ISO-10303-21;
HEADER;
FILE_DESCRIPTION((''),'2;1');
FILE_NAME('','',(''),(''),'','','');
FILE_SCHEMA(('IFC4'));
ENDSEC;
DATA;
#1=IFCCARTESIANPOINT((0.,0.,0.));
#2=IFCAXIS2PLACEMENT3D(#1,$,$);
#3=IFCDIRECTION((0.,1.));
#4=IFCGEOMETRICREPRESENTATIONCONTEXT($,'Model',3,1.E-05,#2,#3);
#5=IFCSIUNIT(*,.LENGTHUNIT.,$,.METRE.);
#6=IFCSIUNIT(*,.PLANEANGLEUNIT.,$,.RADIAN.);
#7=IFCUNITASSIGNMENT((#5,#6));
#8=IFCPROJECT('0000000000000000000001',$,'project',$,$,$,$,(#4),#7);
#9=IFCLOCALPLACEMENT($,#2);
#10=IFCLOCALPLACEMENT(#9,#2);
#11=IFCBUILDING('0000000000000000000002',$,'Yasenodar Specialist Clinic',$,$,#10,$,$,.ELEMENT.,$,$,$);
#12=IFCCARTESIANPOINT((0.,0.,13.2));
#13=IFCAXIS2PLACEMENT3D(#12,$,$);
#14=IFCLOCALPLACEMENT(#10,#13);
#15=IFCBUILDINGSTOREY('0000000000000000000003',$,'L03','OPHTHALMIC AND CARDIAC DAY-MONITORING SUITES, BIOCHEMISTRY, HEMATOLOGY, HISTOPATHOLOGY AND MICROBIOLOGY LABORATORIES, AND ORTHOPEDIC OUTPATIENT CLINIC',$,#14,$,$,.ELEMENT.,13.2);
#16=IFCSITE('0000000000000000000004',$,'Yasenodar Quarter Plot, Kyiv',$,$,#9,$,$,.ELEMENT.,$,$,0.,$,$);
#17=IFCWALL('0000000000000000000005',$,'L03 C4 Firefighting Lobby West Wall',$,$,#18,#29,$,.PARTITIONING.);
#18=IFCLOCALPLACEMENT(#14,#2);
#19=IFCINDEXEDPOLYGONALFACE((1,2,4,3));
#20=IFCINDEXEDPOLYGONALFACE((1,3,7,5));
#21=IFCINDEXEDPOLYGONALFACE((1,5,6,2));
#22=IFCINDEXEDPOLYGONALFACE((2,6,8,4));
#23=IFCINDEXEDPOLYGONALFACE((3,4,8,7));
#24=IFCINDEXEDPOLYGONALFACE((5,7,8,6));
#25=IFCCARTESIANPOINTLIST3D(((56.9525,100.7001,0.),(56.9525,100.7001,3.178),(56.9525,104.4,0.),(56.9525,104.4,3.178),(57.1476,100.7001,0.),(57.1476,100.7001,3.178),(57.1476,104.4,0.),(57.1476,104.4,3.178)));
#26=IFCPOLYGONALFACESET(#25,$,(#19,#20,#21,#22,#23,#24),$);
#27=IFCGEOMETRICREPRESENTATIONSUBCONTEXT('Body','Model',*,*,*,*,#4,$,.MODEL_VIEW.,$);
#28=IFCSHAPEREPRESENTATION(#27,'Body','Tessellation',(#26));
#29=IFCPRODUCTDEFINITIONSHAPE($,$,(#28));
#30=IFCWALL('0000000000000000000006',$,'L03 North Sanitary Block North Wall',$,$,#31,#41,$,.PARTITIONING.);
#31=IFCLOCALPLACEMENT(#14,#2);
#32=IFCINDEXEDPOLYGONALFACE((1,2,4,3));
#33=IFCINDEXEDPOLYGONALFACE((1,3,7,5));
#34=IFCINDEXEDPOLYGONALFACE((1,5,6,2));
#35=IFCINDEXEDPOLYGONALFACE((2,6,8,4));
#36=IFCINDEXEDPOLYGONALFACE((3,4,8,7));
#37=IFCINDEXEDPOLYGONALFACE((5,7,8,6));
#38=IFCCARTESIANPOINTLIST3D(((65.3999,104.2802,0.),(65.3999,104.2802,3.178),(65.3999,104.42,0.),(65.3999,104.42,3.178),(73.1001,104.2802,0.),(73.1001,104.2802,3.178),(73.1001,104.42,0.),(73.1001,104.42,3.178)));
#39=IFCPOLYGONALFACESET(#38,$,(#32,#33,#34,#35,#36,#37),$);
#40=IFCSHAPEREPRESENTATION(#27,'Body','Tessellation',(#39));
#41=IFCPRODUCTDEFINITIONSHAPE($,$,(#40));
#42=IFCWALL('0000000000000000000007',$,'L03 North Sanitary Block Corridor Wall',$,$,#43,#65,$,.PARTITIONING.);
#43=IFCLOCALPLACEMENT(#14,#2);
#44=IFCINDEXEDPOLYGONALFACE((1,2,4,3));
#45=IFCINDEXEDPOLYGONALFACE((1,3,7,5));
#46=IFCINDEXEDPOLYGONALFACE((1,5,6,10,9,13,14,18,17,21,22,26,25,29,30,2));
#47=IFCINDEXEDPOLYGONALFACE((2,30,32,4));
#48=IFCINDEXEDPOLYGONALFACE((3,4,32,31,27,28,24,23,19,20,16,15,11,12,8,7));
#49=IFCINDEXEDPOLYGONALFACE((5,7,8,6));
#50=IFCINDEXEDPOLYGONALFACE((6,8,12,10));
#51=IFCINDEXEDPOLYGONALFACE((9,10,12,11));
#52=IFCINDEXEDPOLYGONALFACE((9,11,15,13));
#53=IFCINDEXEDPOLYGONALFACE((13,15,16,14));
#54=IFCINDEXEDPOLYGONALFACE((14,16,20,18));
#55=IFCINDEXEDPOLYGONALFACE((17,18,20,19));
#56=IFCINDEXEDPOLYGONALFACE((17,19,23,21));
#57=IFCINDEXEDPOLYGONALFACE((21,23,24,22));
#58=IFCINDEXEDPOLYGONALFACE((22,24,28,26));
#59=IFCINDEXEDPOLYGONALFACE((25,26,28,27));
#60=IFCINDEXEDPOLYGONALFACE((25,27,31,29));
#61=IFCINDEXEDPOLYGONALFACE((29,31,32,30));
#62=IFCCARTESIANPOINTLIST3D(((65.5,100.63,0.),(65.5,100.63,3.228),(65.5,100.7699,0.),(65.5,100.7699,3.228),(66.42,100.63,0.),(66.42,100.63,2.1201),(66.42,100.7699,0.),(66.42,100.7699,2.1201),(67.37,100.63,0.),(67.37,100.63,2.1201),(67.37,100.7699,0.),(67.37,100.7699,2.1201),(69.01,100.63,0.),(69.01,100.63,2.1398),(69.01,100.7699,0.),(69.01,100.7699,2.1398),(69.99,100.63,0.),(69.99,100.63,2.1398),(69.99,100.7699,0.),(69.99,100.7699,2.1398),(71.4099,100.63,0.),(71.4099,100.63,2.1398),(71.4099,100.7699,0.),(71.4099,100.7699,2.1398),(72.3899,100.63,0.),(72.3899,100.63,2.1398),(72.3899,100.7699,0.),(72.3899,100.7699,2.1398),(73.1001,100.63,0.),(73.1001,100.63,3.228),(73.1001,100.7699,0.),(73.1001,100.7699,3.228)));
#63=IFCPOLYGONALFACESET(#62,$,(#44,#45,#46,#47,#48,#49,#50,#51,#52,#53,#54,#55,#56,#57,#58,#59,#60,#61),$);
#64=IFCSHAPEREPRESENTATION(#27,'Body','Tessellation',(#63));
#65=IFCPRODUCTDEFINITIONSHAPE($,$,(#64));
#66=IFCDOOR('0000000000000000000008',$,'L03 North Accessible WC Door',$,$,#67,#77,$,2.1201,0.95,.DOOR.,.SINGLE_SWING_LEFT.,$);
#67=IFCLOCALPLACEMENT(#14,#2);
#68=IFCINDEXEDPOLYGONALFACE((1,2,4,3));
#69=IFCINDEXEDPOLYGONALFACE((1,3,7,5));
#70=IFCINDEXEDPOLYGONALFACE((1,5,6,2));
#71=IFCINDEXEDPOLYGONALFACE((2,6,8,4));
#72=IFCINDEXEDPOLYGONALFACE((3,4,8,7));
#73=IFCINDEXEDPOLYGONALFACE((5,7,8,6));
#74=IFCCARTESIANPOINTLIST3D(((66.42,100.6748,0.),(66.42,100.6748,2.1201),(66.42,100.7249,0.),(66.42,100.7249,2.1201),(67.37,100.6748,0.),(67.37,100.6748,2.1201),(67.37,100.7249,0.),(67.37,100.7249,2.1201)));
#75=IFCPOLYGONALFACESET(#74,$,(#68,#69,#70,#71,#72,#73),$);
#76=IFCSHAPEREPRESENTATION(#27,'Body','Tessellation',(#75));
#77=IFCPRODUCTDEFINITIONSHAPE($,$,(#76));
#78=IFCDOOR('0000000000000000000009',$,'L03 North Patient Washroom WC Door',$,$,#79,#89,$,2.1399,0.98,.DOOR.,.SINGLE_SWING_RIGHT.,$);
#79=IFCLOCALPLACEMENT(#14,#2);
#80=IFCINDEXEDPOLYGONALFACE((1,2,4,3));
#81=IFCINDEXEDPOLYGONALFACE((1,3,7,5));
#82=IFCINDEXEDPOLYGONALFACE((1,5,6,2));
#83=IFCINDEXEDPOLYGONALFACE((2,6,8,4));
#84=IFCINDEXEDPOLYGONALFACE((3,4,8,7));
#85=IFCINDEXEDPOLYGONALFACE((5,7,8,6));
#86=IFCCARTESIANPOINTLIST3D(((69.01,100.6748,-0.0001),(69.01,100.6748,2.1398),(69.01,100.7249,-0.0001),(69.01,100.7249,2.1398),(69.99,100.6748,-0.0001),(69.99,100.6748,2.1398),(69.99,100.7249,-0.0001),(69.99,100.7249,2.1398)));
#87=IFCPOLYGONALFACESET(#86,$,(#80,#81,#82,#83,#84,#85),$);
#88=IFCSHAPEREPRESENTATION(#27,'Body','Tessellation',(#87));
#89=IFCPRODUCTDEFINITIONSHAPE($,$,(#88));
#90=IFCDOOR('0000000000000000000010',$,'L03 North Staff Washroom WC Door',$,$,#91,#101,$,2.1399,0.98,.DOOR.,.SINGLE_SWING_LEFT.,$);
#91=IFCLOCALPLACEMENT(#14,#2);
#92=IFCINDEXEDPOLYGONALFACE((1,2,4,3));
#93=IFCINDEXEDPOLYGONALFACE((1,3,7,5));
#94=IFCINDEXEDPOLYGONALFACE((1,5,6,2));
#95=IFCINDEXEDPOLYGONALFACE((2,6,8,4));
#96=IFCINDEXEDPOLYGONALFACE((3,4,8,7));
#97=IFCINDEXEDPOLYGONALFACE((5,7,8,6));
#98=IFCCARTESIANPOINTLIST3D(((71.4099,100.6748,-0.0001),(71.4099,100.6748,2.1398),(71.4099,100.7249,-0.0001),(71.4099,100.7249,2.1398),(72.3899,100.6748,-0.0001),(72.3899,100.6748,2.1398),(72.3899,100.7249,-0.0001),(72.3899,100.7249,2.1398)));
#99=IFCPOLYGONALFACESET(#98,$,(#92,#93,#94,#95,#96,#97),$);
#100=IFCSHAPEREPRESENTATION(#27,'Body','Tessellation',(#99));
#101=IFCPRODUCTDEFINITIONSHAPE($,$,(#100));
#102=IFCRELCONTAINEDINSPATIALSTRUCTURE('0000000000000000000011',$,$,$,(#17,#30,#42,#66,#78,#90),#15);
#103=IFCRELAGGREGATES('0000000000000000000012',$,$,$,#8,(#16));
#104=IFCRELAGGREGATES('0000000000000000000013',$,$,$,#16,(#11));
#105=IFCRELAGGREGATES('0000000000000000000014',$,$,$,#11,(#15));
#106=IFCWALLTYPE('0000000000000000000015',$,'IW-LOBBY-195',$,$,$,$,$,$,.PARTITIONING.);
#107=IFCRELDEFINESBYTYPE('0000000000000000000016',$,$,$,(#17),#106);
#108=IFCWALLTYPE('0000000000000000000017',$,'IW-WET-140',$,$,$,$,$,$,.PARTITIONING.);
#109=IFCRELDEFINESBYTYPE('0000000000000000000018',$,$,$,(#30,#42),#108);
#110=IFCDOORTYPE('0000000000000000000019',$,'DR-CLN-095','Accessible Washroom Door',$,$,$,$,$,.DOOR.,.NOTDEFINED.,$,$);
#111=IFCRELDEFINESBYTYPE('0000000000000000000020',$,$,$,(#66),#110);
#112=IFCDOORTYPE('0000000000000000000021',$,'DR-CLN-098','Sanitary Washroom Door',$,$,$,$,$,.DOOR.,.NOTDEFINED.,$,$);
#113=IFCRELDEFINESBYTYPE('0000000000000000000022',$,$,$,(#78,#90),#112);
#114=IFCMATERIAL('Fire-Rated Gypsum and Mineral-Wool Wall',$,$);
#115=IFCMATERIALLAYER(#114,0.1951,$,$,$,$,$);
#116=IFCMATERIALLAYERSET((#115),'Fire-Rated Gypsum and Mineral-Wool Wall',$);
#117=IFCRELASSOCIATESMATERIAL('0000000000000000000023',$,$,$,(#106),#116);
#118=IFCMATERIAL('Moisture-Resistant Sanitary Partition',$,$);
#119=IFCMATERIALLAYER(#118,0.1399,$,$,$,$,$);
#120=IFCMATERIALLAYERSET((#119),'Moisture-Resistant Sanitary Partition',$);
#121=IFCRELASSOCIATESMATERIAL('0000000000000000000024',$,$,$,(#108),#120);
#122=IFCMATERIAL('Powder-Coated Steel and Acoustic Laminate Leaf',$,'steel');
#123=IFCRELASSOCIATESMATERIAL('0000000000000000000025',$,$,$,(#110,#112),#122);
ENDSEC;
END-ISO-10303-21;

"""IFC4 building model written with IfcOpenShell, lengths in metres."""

from ifc_helpers import new_model, si_unit, direction, frame, frame_2d, origin, place, context, subcontext, project, spatial, rectangle, extrude, material, layer, layer_set, type_object, element, fill, save


model = new_model("IFC4")

# Units and contexts
model_context = context("Model", 3, precision=1e-05, world=origin(), true_north=direction((0.0, 1.0)))
body_context = subcontext(model_context, "Body", "Model", "MODEL_VIEW")
ifc_project = project(units=[si_unit("LENGTHUNIT", "METRE"), si_unit("PLANEANGLEUNIT", "RADIAN")], contexts=[model_context])

# Site, building, storey
site_placement = place(None, origin())
site = spatial("IfcSite", under=ifc_project, at=site_placement, Name="Yasenodar Quarter Plot, Kyiv", CompositionType="ELEMENT", RefElevation=0.0)
building_placement = place(site_placement, origin())
building = spatial("IfcBuilding", under=site, at=building_placement, Name="Yasenodar Specialist Clinic", CompositionType="ELEMENT")
storey_placement = place(building_placement, frame((0.0, 0.0, 13.2)))
storey = spatial("IfcBuildingStorey", under=building, at=storey_placement, Name="L03", Description="OPHTHALMIC AND CARDIAC DAY-MONITORING SUITES, BIOCHEMISTRY, HEMATOLOGY, HISTOPATHOLOGY AND MICROBIOLOGY LABORATORIES, AND ORTHOPEDIC OUTPATIENT CLINIC", CompositionType="ELEMENT", Elevation=13.2)

# Shared definitions
ifc_material_1 = material(Name="Powder-Coated Steel and Acoustic Laminate Leaf", Category="steel")
ifc_material_2 = material(Name="Fire-Rated Gypsum and Mineral-Wool Wall")
ifc_layer_1 = layer(ifc_material_2, 0.1951)
ifc_layer_set_1 = layer_set([ifc_layer_1], Name="Fire-Rated Gypsum and Mineral-Wool Wall")
wall_type_1 = type_object("IfcWallType", Name="IW-LOBBY-195", PredefinedType="PARTITIONING", material=ifc_layer_set_1)

# Walls
wall_1_placement = place(storey_placement, frame((57.05, 100.7, 0.0), z_axis=(0.0, 0.0, 1.0), x_axis=(0.0, 1.0, 0.0)))
element("IfcWall", 1, at=wall_1_placement, inside=storey, type_object=wall_type_1, Name="L03 C4 Firefighting Lobby West Wall", PredefinedType="PARTITIONING", context=body_context, shape_type="SweptSolid", body=[
    extrude(rectangle(XDim=3.7, YDim=0.1951, at=frame_2d((1.8501, 0.0))), origin(), (0.0, 0.0, 1.0), 3.178),
])
ifc_material_3 = material(Name="Moisture-Resistant Sanitary Partition")
ifc_layer_2 = layer(ifc_material_3, 0.1399)
ifc_layer_set_2 = layer_set([ifc_layer_2], Name="Moisture-Resistant Sanitary Partition")
wall_type_2 = type_object("IfcWallType", Name="IW-WET-140", PredefinedType="PARTITIONING", material=ifc_layer_set_2)
wall_2_placement = place(storey_placement, frame((65.3999, 104.3501, 0.0), z_axis=(0.0, 0.0, 1.0), x_axis=(1.0, 0.0, 0.0)))
element("IfcWall", 2, at=wall_2_placement, inside=storey, type_object=wall_type_2, Name="L03 North Sanitary Block North Wall", PredefinedType="PARTITIONING", context=body_context, shape_type="SweptSolid", body=[
    extrude(rectangle(XDim=7.7002, YDim=0.1399, at=frame_2d((3.8501, 0.0))), origin(), (0.0, 0.0, 1.0), 3.178),
])

# Wall, openings, doors
wall_3_placement = place(storey_placement, frame((65.5, 100.7, 0.0), z_axis=(0.0, 0.0, 1.0), x_axis=(1.0, 0.0, 0.0)))
wall_3 = element("IfcWall", 3, at=wall_3_placement, inside=storey, type_object=wall_type_2, Name="L03 North Sanitary Block Corridor Wall", PredefinedType="PARTITIONING", context=body_context, shape_type="SweptSolid", body=[
    extrude(rectangle(XDim=7.6001, YDim=0.1399, at=frame_2d((3.8, 0.0))), origin(), (0.0, 0.0, 1.0), 3.228),
])
opening_1_placement = place(wall_3_placement, frame((0.9199, 0.0, 0.0)))
opening_1 = element("IfcOpeningElement", 4, at=opening_1_placement, cuts=wall_3, PredefinedType="OPENING", context=body_context, shape_type="SweptSolid", body=[
    extrude(rectangle(XDim=0.95, YDim=2.1201, at=frame_2d((0.4751, 1.0601))), frame((0.0, 0.0801, 0.0), z_axis=(0.0, -1.0, 0.0), x_axis=(1.0, 0.0, 0.0)), (0.0, 0.0, 1.0), 0.1599),
])
opening_2_placement = place(wall_3_placement, frame((3.51, 0.0, 0.0)))
opening_2 = element("IfcOpeningElement", 5, at=opening_2_placement, cuts=wall_3, PredefinedType="OPENING", context=body_context, shape_type="SweptSolid", body=[
    extrude(rectangle(XDim=0.98, YDim=2.1399, at=frame_2d((0.49, 1.0698))), frame((0.0, 0.0801, 0.0), z_axis=(0.0, -1.0, 0.0), x_axis=(1.0, 0.0, 0.0)), (0.0, 0.0, 1.0), 0.1599),
])
opening_3_placement = place(wall_3_placement, frame((5.9099, 0.0, 0.0)))
opening_3 = element("IfcOpeningElement", 6, at=opening_3_placement, cuts=wall_3, PredefinedType="OPENING", context=body_context, shape_type="SweptSolid", body=[
    extrude(rectangle(XDim=0.98, YDim=2.1399, at=frame_2d((0.49, 1.0698))), frame((0.0, 0.0801, 0.0), z_axis=(0.0, -1.0, 0.0), x_axis=(1.0, 0.0, 0.0)), (0.0, 0.0, 1.0), 0.1599),
])
door_type_1 = type_object("IfcDoorType", Name="DR-CLN-095", Description="Accessible Washroom Door", OperationType="NOTDEFINED", PredefinedType="DOOR", material=ifc_material_1)
door_1_placement = place(opening_1_placement, origin())
door_1 = element("IfcDoor", 7, at=door_1_placement, inside=storey, type_object=door_type_1, Name="L03 North Accessible WC Door", OperationType="SINGLE_SWING_LEFT", OverallHeight=2.1201, OverallWidth=0.95, PredefinedType="DOOR", context=body_context, shape_type="SweptSolid", body=[
    extrude(rectangle(XDim=0.95, YDim=2.1201, at=frame_2d((0.4751, 1.0601))), frame((0.0, 0.0249, 0.0), z_axis=(0.0, -1.0, 0.0), x_axis=(1.0, 0.0, 0.0)), (0.0, 0.0, 1.0), 0.05),
])
fill(opening_1, door_1)
door_type_2 = type_object("IfcDoorType", Name="DR-CLN-098", Description="Sanitary Washroom Door", OperationType="NOTDEFINED", PredefinedType="DOOR", material=ifc_material_1)
door_2_placement = place(opening_2_placement, origin())
door_2 = element("IfcDoor", 8, at=door_2_placement, inside=storey, type_object=door_type_2, Name="L03 North Patient Washroom WC Door", OperationType="SINGLE_SWING_RIGHT", OverallHeight=2.1399, OverallWidth=0.98, PredefinedType="DOOR", context=body_context, shape_type="SweptSolid", body=[
    extrude(rectangle(XDim=0.98, YDim=2.1399, at=frame_2d((0.49, 1.0698))), frame((0.0, 0.0249, 0.0), z_axis=(0.0, -1.0, 0.0), x_axis=(1.0, 0.0, 0.0)), (0.0, 0.0, 1.0), 0.05),
])
fill(opening_2, door_2)
door_3_placement = place(opening_3_placement, origin())
door_3 = element("IfcDoor", 9, at=door_3_placement, inside=storey, type_object=door_type_2, Name="L03 North Staff Washroom WC Door", OperationType="SINGLE_SWING_LEFT", OverallHeight=2.1399, OverallWidth=0.98, PredefinedType="DOOR", context=body_context, shape_type="SweptSolid", body=[
    extrude(rectangle(XDim=0.98, YDim=2.1399, at=frame_2d((0.49, 1.0698))), frame((0.0, 0.0249, 0.0), z_axis=(0.0, -1.0, 0.0), x_axis=(1.0, 0.0, 0.0)), (0.0, 0.0, 1.0), 0.05),
])
fill(opening_3, door_3)

save(model, "model.ifc")
